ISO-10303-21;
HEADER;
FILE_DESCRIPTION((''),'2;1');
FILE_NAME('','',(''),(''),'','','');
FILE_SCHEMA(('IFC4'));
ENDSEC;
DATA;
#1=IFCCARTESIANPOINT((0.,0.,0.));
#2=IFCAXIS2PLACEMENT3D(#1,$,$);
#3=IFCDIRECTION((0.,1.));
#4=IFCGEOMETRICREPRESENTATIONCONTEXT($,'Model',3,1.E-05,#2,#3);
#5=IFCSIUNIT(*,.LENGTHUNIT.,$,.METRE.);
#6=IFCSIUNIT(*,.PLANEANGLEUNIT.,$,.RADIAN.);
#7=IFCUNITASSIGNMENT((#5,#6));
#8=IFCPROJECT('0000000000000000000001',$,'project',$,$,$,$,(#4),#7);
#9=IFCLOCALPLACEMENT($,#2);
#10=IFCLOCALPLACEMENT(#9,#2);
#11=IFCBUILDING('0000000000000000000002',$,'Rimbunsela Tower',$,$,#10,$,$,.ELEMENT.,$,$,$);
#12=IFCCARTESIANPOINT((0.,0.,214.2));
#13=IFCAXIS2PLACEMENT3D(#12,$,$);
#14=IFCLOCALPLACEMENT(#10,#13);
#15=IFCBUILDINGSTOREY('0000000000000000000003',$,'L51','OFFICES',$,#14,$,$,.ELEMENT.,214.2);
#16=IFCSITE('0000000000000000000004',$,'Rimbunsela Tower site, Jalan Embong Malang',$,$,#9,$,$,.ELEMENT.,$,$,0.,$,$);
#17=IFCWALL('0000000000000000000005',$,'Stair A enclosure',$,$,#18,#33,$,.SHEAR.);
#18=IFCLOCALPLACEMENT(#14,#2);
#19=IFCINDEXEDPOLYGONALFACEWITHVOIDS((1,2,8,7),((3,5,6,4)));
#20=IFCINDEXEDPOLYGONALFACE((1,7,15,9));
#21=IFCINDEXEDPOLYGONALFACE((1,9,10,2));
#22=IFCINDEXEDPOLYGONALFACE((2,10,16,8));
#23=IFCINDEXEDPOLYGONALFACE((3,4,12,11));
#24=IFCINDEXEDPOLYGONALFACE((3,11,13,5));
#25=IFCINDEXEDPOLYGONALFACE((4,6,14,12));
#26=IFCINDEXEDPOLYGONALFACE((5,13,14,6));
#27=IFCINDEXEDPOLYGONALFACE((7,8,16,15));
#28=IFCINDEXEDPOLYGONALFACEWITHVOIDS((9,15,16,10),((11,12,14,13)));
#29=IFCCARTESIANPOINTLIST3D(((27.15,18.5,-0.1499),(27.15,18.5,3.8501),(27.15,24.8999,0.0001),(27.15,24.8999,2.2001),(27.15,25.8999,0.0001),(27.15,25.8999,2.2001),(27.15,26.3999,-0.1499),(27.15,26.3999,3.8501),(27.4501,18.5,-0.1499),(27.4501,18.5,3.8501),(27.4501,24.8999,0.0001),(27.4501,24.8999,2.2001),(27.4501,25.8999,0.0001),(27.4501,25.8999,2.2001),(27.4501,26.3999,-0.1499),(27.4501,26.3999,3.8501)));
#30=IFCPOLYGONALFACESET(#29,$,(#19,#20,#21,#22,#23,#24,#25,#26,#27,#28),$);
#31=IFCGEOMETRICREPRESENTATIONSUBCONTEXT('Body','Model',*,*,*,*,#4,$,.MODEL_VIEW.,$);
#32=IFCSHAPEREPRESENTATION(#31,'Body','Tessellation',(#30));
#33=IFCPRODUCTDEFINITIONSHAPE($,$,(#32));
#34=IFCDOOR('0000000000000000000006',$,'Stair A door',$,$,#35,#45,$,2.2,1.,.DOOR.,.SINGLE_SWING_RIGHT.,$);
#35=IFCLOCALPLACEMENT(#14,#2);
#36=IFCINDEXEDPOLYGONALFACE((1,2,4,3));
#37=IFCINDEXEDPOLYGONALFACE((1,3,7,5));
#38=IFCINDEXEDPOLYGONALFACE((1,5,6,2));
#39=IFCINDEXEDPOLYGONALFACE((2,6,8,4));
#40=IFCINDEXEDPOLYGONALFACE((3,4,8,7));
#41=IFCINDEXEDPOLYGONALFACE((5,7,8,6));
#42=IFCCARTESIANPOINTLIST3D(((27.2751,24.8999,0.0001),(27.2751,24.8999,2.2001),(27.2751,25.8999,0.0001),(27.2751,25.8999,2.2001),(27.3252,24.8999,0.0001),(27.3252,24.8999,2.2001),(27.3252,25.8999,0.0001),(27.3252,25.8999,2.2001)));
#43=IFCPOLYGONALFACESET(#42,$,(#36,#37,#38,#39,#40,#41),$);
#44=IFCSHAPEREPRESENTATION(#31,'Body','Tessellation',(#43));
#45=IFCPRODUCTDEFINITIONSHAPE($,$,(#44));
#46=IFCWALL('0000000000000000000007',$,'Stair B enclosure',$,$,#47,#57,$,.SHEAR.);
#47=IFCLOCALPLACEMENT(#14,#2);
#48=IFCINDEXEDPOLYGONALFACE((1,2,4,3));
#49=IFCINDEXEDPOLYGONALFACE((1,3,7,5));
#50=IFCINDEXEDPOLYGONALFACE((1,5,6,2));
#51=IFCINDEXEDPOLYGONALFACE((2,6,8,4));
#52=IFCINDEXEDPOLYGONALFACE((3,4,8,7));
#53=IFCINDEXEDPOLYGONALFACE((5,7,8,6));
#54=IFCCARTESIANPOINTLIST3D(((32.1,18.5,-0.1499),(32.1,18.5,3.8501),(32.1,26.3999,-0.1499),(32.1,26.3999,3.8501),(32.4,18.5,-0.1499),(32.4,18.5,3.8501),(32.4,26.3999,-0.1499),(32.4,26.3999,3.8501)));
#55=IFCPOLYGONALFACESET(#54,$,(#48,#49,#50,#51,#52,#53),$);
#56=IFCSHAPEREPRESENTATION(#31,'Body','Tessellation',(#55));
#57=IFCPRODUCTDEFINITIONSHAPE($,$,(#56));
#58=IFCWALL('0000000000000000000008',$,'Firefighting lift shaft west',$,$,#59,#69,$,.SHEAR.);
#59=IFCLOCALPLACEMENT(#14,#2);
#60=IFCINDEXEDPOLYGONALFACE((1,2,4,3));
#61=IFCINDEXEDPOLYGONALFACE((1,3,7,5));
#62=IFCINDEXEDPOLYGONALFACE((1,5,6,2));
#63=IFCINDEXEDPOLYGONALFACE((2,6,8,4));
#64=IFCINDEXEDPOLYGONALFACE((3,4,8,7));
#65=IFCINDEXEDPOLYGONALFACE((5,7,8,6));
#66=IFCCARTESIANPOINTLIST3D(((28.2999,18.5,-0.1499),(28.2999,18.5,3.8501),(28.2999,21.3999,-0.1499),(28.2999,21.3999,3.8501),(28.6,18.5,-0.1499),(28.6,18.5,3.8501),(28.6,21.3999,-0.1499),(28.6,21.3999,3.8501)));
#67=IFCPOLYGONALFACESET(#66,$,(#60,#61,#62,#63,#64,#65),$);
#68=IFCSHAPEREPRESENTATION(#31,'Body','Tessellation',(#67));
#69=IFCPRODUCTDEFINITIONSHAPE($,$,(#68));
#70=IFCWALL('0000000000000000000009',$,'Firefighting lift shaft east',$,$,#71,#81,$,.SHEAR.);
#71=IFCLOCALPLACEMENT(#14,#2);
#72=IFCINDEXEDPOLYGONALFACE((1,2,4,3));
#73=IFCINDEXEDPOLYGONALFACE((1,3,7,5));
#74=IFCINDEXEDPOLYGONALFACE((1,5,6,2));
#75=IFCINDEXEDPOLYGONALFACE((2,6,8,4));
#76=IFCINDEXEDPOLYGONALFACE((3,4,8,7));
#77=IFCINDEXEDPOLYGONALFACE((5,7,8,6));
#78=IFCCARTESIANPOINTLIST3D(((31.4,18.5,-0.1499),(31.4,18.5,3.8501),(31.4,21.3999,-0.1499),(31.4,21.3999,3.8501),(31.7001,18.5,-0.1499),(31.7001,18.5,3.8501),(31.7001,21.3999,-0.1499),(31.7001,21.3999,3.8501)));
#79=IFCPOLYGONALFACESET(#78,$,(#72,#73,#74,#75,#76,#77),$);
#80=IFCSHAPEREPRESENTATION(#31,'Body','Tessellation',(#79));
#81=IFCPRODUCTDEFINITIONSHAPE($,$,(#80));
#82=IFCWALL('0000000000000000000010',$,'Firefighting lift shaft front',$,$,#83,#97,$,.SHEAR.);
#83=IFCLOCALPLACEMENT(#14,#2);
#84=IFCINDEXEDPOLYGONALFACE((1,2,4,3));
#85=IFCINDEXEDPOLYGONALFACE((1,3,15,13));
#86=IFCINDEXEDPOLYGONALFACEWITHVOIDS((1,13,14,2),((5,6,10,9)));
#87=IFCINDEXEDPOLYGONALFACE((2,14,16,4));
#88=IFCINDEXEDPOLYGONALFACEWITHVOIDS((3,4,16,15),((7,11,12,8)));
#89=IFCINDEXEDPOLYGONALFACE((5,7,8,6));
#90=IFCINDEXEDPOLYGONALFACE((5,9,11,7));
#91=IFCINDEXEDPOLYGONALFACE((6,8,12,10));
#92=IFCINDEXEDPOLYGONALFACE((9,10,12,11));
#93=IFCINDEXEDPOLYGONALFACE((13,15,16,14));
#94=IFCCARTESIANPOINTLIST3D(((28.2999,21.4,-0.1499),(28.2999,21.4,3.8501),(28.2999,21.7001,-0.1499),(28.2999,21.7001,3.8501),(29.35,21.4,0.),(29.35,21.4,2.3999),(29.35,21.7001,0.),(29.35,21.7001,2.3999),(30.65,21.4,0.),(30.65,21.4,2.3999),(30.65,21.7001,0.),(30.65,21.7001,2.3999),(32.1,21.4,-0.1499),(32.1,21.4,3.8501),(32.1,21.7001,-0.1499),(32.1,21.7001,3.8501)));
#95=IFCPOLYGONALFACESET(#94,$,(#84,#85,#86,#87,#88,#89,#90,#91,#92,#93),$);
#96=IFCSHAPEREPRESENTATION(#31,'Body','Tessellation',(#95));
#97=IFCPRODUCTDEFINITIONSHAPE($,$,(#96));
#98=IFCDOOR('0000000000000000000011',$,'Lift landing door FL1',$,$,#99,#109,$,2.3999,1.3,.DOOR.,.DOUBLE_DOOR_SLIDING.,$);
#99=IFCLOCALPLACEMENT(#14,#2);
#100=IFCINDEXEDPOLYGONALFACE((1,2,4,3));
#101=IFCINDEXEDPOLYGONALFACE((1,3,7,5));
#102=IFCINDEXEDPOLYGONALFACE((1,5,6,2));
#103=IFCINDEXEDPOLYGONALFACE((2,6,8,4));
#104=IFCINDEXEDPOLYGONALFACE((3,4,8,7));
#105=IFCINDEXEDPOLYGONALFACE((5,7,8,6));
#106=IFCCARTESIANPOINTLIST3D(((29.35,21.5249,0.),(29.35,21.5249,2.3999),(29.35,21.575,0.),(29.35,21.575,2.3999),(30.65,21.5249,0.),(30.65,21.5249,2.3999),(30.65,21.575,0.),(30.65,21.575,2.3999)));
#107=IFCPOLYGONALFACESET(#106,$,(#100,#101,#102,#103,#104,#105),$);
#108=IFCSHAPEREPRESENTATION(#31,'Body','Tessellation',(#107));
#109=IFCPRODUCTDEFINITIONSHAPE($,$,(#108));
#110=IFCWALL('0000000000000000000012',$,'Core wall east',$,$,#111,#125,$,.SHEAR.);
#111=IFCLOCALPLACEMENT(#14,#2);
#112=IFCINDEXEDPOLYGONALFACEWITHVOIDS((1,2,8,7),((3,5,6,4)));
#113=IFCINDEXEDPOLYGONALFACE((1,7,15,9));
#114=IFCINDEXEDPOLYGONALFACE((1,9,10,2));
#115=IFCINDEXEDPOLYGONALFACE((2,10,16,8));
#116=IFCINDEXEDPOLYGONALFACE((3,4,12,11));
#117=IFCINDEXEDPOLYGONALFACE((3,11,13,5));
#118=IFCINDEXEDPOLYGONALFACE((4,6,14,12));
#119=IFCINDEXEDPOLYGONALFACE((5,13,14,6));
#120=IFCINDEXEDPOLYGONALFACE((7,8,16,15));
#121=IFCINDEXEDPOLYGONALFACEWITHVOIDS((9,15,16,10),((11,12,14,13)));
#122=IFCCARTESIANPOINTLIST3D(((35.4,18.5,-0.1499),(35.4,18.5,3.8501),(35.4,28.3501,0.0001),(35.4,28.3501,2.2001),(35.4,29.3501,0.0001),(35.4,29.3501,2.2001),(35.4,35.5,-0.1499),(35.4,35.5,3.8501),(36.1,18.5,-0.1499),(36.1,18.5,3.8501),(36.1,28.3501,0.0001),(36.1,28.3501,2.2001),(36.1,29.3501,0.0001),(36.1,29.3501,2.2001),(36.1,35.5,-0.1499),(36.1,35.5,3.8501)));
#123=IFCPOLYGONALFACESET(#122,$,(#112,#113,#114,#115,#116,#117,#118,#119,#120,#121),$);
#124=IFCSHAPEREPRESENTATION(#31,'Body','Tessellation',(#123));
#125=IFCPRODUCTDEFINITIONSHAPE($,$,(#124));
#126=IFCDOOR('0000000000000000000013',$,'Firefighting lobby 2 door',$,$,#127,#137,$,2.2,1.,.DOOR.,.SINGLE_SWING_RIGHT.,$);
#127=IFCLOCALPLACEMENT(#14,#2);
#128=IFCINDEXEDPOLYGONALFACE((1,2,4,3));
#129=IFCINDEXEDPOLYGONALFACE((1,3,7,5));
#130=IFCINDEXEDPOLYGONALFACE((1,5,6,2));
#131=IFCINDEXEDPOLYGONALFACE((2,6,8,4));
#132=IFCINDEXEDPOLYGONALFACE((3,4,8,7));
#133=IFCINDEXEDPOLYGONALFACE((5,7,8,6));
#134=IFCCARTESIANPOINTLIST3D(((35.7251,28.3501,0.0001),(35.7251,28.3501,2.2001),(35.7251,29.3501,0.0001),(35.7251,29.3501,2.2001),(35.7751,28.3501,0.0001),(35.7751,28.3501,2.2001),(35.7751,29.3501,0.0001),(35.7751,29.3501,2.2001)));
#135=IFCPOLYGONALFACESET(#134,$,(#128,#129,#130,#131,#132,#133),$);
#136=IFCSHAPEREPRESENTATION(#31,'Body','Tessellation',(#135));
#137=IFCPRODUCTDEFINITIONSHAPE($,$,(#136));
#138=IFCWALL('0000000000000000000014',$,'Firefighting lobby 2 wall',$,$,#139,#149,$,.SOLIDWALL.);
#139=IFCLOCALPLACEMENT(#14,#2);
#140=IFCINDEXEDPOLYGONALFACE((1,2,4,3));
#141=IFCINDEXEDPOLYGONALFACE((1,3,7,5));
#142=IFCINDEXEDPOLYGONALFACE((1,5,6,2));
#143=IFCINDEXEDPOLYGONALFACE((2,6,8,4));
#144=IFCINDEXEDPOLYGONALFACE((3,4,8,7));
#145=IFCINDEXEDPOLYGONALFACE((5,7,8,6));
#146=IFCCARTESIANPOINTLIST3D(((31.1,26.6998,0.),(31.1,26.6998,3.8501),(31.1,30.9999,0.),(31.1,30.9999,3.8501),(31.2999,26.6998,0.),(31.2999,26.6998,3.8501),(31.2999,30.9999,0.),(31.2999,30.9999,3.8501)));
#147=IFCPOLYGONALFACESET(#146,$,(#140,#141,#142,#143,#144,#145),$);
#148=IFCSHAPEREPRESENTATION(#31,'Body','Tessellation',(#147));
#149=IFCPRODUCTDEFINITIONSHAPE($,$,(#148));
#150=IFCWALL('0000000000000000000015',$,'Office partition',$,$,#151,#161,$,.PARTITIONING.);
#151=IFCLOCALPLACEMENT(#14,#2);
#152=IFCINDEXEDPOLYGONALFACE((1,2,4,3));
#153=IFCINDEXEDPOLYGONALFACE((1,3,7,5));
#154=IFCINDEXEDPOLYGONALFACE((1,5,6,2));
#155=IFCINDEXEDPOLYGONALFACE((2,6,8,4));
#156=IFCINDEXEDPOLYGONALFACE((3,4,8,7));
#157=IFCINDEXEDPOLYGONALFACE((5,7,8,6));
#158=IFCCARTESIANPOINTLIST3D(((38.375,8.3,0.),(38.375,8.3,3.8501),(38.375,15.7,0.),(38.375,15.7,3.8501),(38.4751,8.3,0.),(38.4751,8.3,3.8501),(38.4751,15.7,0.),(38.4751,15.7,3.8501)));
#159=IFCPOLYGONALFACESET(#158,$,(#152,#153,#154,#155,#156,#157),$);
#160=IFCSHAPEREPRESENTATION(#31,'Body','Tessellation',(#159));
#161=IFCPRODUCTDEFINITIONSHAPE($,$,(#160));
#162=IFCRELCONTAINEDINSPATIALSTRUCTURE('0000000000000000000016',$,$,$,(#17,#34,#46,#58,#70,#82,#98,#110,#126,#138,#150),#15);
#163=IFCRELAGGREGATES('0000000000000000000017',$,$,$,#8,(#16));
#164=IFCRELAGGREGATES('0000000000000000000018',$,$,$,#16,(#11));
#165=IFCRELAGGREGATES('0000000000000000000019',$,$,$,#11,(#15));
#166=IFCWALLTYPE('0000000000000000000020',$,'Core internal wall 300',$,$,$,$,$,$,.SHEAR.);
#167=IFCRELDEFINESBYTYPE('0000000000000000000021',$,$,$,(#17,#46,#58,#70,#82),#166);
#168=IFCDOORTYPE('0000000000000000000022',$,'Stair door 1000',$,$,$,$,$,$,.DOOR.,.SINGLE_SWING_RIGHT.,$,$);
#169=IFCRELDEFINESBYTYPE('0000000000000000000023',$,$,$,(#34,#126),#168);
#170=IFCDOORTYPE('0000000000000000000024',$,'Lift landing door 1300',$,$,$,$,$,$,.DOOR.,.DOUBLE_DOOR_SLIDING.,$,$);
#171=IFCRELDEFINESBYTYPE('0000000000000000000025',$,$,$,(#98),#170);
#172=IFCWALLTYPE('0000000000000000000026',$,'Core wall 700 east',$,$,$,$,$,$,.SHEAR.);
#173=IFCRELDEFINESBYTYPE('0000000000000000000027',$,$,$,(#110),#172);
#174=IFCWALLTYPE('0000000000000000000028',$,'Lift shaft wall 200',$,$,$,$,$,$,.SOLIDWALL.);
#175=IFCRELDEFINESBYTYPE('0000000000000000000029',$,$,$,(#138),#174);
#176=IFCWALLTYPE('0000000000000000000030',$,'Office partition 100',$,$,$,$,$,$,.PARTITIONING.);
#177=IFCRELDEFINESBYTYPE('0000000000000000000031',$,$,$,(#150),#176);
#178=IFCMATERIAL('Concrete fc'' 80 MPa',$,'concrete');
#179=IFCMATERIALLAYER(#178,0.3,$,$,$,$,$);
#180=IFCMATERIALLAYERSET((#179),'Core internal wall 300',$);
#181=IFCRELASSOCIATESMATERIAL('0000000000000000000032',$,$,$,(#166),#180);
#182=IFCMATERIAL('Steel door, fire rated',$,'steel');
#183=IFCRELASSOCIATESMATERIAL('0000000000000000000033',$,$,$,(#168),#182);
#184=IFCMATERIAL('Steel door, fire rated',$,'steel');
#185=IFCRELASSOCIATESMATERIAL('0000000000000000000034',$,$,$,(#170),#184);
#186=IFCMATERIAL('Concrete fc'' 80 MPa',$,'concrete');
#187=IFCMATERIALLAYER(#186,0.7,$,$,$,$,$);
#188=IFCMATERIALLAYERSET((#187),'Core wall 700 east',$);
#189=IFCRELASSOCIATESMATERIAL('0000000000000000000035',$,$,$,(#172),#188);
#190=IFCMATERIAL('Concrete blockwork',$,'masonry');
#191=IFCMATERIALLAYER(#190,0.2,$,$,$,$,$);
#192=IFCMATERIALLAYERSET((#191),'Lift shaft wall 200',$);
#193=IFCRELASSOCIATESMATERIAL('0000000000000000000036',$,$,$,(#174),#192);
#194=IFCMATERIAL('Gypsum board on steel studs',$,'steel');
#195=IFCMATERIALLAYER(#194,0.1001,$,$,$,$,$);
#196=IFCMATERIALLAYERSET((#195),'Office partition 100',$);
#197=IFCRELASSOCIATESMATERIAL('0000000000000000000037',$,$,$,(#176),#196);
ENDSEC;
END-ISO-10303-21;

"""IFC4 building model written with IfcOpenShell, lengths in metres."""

from ifc_helpers import new_model, si_unit, direction, frame, frame_2d, origin, place, context, subcontext, project, spatial, rectangle, extrude, material, layer, layer_set, type_object, element, fill, save


model = new_model("IFC4")

# Units and contexts
model_context = context("Model", 3, precision=1e-05, world=origin(), true_north=direction((0.0, 1.0)))
body_context = subcontext(model_context, "Body", "Model", "MODEL_VIEW")
ifc_project = project(units=[si_unit("LENGTHUNIT", "METRE"), si_unit("PLANEANGLEUNIT", "RADIAN")], contexts=[model_context])

# Site, building, storey
site_placement = place(None, origin())
site = spatial("IfcSite", under=ifc_project, at=site_placement, Name="Rimbunsela Tower site, Jalan Embong Malang", CompositionType="ELEMENT", RefElevation=0.0)
building_placement = place(site_placement, origin())
building = spatial("IfcBuilding", under=site, at=building_placement, Name="Rimbunsela Tower", CompositionType="ELEMENT")
storey_placement = place(building_placement, frame((0.0, 0.0, 214.2)))
storey = spatial("IfcBuildingStorey", under=building, at=storey_placement, Name="L51", Description="OFFICES", CompositionType="ELEMENT", Elevation=214.2)

# Shared definitions
ifc_material_1 = material(Name="Concrete fc' 80 MPa", Category="concrete")
ifc_layer_1 = layer(ifc_material_1, 0.3)
ifc_layer_set_1 = layer_set([ifc_layer_1], Name="Core internal wall 300")
wall_type_1 = type_object("IfcWallType", Name="Core internal wall 300", PredefinedType="SHEAR", material=ifc_layer_set_1)

# Shared definitions
ifc_material_2 = material(Name="Steel door, fire rated", Category="steel")
door_type_1 = type_object("IfcDoorType", Name="Stair door 1000", OperationType="SINGLE_SWING_RIGHT", PredefinedType="DOOR", material=ifc_material_2)

# Wall, opening, door
wall_1_placement = place(storey_placement, frame((27.3, 18.5, -0.1499), z_axis=(0.0, 0.0, 1.0), x_axis=(0.0, 1.0, 0.0)))
wall_1 = element("IfcWall", 1, at=wall_1_placement, inside=storey, type_object=wall_type_1, Name="Stair A enclosure", PredefinedType="SHEAR", context=body_context, shape_type="SweptSolid", body=[
    extrude(rectangle(XDim=7.8999, YDim=0.3, at=frame_2d((3.95, 0.0))), origin(), (0.0, 0.0, 1.0), 4.0),
])
opening_1_placement = place(wall_1_placement, frame((6.3999, 0.0, 0.1499)))
opening_1 = element("IfcOpeningElement", 2, at=opening_1_placement, cuts=wall_1, PredefinedType="OPENING", context=body_context, shape_type="SweptSolid", body=[
    extrude(rectangle(XDim=1.0, YDim=2.2, at=frame_2d((0.5, 1.1001))), frame((0.0, 0.1599, 0.0), z_axis=(0.0, -1.0, 0.0), x_axis=(1.0, 0.0, 0.0)), (0.0, 0.0, 1.0), 0.3201),
])
door_1_placement = place(opening_1_placement, origin())
door_1 = element("IfcDoor", 3, at=door_1_placement, inside=storey, type_object=door_type_1, Name="Stair A door", OperationType="SINGLE_SWING_RIGHT", OverallHeight=2.2, OverallWidth=1.0, PredefinedType="DOOR", context=body_context, shape_type="SweptSolid", body=[
    extrude(rectangle(XDim=1.0, YDim=2.2, at=frame_2d((0.5, 1.1001))), frame((0.0, 0.0249, 0.0), z_axis=(0.0, -1.0, 0.0), x_axis=(1.0, 0.0, 0.0)), (0.0, 0.0, 1.0), 0.05),
])
fill(opening_1, door_1)

# Walls
wall_2_placement = place(storey_placement, frame((32.25, 18.5, -0.1499), z_axis=(0.0, 0.0, 1.0), x_axis=(0.0, 1.0, 0.0)))
element("IfcWall", 4, at=wall_2_placement, inside=storey, type_object=wall_type_1, Name="Stair B enclosure", PredefinedType="SHEAR", context=body_context, shape_type="SweptSolid", body=[
    extrude(rectangle(XDim=7.8999, YDim=0.3, at=frame_2d((3.95, 0.0))), origin(), (0.0, 0.0, 1.0), 4.0),
])
for number, where, z_axis, x_axis, name in (
    (5, (28.45, 18.5, -0.1499), (0.0, 0.0, 1.0), (0.0, 1.0, 0.0), "Firefighting lift shaft west"),
    (6, (31.55, 18.5, -0.1499), (0.0, 0.0, 1.0), (0.0, 1.0, 0.0), "Firefighting lift shaft east"),
):
    element("IfcWall", number, at=place(storey_placement, frame(where, z_axis=z_axis, x_axis=x_axis)), inside=storey, type_object=wall_type_1, Name=name, PredefinedType="SHEAR", context=body_context, shape_type="SweptSolid", body=[
        extrude(rectangle(XDim=2.8999, YDim=0.3, at=frame_2d((1.45, 0.0))), origin(), (0.0, 0.0, 1.0), 4.0),
    ])

# Walls, openings, doors
wall_3_placement = place(storey_placement, frame((28.3, 21.55, -0.1499), z_axis=(0.0, 0.0, 1.0), x_axis=(1.0, 0.0, 0.0)))
wall_3 = element("IfcWall", 7, at=wall_3_placement, inside=storey, type_object=wall_type_1, Name="Firefighting lift shaft front", PredefinedType="SHEAR", context=body_context, shape_type="SweptSolid", body=[
    extrude(rectangle(XDim=3.8, YDim=0.3, at=frame_2d((1.8999, 0.0))), origin(), (0.0, 0.0, 1.0), 4.0),
])
opening_2_placement = place(wall_3_placement, frame((1.05, 0.0, 0.1499)))
opening_2 = element("IfcOpeningElement", 8, at=opening_2_placement, cuts=wall_3, PredefinedType="OPENING", context=body_context, shape_type="SweptSolid", body=[
    extrude(rectangle(XDim=1.3, YDim=2.3999, at=frame_2d((0.6499, 1.2))), frame((0.0, 0.1599, 0.0), z_axis=(0.0, -1.0, 0.0), x_axis=(1.0, 0.0, 0.0)), (0.0, 0.0, 1.0), 0.3201),
])
ifc_material_3 = material(Name="Steel door, fire rated", Category="steel")
door_type_2 = type_object("IfcDoorType", Name="Lift landing door 1300", OperationType="DOUBLE_DOOR_SLIDING", PredefinedType="DOOR", material=ifc_material_3)
door_2_placement = place(opening_2_placement, origin())
door_2 = element("IfcDoor", 9, at=door_2_placement, inside=storey, type_object=door_type_2, Name="Lift landing door FL1", OperationType="DOUBLE_DOOR_SLIDING", OverallHeight=2.3999, OverallWidth=1.3, PredefinedType="DOOR", context=body_context, shape_type="SweptSolid", body=[
    extrude(rectangle(XDim=1.3, YDim=2.3999, at=frame_2d((0.6499, 1.2))), frame((0.0, 0.0249, 0.0), z_axis=(0.0, -1.0, 0.0), x_axis=(1.0, 0.0, 0.0)), (0.0, 0.0, 1.0), 0.05),
])
fill(opening_2, door_2)
ifc_material_4 = material(Name="Concrete fc' 80 MPa", Category="concrete")
ifc_layer_2 = layer(ifc_material_4, 0.7)
ifc_layer_set_2 = layer_set([ifc_layer_2], Name="Core wall 700 east")
wall_type_2 = type_object("IfcWallType", Name="Core wall 700 east", PredefinedType="SHEAR", material=ifc_layer_set_2)
wall_4_placement = place(storey_placement, frame((35.75, 18.5, -0.1499), z_axis=(0.0, 0.0, 1.0), x_axis=(0.0, 1.0, 0.0)))
wall_4 = element("IfcWall", 10, at=wall_4_placement, inside=storey, type_object=wall_type_2, Name="Core wall east", PredefinedType="SHEAR", context=body_context, shape_type="SweptSolid", body=[
    extrude(rectangle(XDim=17.0, YDim=0.7, at=frame_2d((8.5, 0.0))), origin(), (0.0, 0.0, 1.0), 4.0),
])
opening_3_placement = place(wall_4_placement, frame((9.8501, 0.0, 0.1499)))
opening_3 = element("IfcOpeningElement", 11, at=opening_3_placement, cuts=wall_4, PredefinedType="OPENING", context=body_context, shape_type="SweptSolid", body=[
    extrude(rectangle(XDim=1.0, YDim=2.2, at=frame_2d((0.5, 1.1001))), frame((0.0, 0.3599, 0.0), z_axis=(0.0, -1.0, 0.0), x_axis=(1.0, 0.0, 0.0)), (0.0, 0.0, 1.0), 0.72),
])
door_3_placement = place(opening_3_placement, origin())
door_3 = element("IfcDoor", 12, at=door_3_placement, inside=storey, type_object=door_type_1, Name="Firefighting lobby 2 door", OperationType="SINGLE_SWING_RIGHT", OverallHeight=2.2, OverallWidth=1.0, PredefinedType="DOOR", context=body_context, shape_type="SweptSolid", body=[
    extrude(rectangle(XDim=1.0, YDim=2.2, at=frame_2d((0.5, 1.1001))), frame((0.0, 0.0249, 0.0), z_axis=(0.0, -1.0, 0.0), x_axis=(1.0, 0.0, 0.0)), (0.0, 0.0, 1.0), 0.05),
])
fill(opening_3, door_3)

# Walls
ifc_material_5 = material(Name="Concrete blockwork", Category="masonry")
ifc_layer_3 = layer(ifc_material_5, 0.2)
ifc_layer_set_3 = layer_set([ifc_layer_3], Name="Lift shaft wall 200")
wall_type_3 = type_object("IfcWallType", Name="Lift shaft wall 200", PredefinedType="SOLIDWALL", material=ifc_layer_set_3)
wall_5_placement = place(storey_placement, frame((31.2, 26.7, 0.0), z_axis=(0.0, 0.0, 1.0), x_axis=(0.0, 1.0, 0.0)))
element("IfcWall", 13, at=wall_5_placement, inside=storey, type_object=wall_type_3, Name="Firefighting lobby 2 wall", PredefinedType="SOLIDWALL", context=body_context, shape_type="SweptSolid", body=[
    extrude(rectangle(XDim=4.3, YDim=0.2, at=frame_2d((2.1499, 0.0))), origin(), (0.0, 0.0, 1.0), 3.8501),
])
ifc_material_6 = material(Name="Gypsum board on steel studs", Category="steel")
ifc_layer_4 = layer(ifc_material_6, 0.1001)
ifc_layer_set_4 = layer_set([ifc_layer_4], Name="Office partition 100")
wall_type_4 = type_object("IfcWallType", Name="Office partition 100", PredefinedType="PARTITIONING", material=ifc_layer_set_4)
wall_6_placement = place(storey_placement, frame((38.425, 15.7, 0.0), z_axis=(0.0, 0.0, 1.0), x_axis=(0.0, -1.0, 0.0)))
element("IfcWall", 14, at=wall_6_placement, inside=storey, type_object=wall_type_4, Name="Office partition", PredefinedType="PARTITIONING", context=body_context, shape_type="SweptSolid", body=[
    extrude(rectangle(XDim=7.3999, YDim=0.1001, at=frame_2d((3.7, 0.0))), origin(), (0.0, 0.0, 1.0), 3.8501),
])

save(model, "model.ifc")
